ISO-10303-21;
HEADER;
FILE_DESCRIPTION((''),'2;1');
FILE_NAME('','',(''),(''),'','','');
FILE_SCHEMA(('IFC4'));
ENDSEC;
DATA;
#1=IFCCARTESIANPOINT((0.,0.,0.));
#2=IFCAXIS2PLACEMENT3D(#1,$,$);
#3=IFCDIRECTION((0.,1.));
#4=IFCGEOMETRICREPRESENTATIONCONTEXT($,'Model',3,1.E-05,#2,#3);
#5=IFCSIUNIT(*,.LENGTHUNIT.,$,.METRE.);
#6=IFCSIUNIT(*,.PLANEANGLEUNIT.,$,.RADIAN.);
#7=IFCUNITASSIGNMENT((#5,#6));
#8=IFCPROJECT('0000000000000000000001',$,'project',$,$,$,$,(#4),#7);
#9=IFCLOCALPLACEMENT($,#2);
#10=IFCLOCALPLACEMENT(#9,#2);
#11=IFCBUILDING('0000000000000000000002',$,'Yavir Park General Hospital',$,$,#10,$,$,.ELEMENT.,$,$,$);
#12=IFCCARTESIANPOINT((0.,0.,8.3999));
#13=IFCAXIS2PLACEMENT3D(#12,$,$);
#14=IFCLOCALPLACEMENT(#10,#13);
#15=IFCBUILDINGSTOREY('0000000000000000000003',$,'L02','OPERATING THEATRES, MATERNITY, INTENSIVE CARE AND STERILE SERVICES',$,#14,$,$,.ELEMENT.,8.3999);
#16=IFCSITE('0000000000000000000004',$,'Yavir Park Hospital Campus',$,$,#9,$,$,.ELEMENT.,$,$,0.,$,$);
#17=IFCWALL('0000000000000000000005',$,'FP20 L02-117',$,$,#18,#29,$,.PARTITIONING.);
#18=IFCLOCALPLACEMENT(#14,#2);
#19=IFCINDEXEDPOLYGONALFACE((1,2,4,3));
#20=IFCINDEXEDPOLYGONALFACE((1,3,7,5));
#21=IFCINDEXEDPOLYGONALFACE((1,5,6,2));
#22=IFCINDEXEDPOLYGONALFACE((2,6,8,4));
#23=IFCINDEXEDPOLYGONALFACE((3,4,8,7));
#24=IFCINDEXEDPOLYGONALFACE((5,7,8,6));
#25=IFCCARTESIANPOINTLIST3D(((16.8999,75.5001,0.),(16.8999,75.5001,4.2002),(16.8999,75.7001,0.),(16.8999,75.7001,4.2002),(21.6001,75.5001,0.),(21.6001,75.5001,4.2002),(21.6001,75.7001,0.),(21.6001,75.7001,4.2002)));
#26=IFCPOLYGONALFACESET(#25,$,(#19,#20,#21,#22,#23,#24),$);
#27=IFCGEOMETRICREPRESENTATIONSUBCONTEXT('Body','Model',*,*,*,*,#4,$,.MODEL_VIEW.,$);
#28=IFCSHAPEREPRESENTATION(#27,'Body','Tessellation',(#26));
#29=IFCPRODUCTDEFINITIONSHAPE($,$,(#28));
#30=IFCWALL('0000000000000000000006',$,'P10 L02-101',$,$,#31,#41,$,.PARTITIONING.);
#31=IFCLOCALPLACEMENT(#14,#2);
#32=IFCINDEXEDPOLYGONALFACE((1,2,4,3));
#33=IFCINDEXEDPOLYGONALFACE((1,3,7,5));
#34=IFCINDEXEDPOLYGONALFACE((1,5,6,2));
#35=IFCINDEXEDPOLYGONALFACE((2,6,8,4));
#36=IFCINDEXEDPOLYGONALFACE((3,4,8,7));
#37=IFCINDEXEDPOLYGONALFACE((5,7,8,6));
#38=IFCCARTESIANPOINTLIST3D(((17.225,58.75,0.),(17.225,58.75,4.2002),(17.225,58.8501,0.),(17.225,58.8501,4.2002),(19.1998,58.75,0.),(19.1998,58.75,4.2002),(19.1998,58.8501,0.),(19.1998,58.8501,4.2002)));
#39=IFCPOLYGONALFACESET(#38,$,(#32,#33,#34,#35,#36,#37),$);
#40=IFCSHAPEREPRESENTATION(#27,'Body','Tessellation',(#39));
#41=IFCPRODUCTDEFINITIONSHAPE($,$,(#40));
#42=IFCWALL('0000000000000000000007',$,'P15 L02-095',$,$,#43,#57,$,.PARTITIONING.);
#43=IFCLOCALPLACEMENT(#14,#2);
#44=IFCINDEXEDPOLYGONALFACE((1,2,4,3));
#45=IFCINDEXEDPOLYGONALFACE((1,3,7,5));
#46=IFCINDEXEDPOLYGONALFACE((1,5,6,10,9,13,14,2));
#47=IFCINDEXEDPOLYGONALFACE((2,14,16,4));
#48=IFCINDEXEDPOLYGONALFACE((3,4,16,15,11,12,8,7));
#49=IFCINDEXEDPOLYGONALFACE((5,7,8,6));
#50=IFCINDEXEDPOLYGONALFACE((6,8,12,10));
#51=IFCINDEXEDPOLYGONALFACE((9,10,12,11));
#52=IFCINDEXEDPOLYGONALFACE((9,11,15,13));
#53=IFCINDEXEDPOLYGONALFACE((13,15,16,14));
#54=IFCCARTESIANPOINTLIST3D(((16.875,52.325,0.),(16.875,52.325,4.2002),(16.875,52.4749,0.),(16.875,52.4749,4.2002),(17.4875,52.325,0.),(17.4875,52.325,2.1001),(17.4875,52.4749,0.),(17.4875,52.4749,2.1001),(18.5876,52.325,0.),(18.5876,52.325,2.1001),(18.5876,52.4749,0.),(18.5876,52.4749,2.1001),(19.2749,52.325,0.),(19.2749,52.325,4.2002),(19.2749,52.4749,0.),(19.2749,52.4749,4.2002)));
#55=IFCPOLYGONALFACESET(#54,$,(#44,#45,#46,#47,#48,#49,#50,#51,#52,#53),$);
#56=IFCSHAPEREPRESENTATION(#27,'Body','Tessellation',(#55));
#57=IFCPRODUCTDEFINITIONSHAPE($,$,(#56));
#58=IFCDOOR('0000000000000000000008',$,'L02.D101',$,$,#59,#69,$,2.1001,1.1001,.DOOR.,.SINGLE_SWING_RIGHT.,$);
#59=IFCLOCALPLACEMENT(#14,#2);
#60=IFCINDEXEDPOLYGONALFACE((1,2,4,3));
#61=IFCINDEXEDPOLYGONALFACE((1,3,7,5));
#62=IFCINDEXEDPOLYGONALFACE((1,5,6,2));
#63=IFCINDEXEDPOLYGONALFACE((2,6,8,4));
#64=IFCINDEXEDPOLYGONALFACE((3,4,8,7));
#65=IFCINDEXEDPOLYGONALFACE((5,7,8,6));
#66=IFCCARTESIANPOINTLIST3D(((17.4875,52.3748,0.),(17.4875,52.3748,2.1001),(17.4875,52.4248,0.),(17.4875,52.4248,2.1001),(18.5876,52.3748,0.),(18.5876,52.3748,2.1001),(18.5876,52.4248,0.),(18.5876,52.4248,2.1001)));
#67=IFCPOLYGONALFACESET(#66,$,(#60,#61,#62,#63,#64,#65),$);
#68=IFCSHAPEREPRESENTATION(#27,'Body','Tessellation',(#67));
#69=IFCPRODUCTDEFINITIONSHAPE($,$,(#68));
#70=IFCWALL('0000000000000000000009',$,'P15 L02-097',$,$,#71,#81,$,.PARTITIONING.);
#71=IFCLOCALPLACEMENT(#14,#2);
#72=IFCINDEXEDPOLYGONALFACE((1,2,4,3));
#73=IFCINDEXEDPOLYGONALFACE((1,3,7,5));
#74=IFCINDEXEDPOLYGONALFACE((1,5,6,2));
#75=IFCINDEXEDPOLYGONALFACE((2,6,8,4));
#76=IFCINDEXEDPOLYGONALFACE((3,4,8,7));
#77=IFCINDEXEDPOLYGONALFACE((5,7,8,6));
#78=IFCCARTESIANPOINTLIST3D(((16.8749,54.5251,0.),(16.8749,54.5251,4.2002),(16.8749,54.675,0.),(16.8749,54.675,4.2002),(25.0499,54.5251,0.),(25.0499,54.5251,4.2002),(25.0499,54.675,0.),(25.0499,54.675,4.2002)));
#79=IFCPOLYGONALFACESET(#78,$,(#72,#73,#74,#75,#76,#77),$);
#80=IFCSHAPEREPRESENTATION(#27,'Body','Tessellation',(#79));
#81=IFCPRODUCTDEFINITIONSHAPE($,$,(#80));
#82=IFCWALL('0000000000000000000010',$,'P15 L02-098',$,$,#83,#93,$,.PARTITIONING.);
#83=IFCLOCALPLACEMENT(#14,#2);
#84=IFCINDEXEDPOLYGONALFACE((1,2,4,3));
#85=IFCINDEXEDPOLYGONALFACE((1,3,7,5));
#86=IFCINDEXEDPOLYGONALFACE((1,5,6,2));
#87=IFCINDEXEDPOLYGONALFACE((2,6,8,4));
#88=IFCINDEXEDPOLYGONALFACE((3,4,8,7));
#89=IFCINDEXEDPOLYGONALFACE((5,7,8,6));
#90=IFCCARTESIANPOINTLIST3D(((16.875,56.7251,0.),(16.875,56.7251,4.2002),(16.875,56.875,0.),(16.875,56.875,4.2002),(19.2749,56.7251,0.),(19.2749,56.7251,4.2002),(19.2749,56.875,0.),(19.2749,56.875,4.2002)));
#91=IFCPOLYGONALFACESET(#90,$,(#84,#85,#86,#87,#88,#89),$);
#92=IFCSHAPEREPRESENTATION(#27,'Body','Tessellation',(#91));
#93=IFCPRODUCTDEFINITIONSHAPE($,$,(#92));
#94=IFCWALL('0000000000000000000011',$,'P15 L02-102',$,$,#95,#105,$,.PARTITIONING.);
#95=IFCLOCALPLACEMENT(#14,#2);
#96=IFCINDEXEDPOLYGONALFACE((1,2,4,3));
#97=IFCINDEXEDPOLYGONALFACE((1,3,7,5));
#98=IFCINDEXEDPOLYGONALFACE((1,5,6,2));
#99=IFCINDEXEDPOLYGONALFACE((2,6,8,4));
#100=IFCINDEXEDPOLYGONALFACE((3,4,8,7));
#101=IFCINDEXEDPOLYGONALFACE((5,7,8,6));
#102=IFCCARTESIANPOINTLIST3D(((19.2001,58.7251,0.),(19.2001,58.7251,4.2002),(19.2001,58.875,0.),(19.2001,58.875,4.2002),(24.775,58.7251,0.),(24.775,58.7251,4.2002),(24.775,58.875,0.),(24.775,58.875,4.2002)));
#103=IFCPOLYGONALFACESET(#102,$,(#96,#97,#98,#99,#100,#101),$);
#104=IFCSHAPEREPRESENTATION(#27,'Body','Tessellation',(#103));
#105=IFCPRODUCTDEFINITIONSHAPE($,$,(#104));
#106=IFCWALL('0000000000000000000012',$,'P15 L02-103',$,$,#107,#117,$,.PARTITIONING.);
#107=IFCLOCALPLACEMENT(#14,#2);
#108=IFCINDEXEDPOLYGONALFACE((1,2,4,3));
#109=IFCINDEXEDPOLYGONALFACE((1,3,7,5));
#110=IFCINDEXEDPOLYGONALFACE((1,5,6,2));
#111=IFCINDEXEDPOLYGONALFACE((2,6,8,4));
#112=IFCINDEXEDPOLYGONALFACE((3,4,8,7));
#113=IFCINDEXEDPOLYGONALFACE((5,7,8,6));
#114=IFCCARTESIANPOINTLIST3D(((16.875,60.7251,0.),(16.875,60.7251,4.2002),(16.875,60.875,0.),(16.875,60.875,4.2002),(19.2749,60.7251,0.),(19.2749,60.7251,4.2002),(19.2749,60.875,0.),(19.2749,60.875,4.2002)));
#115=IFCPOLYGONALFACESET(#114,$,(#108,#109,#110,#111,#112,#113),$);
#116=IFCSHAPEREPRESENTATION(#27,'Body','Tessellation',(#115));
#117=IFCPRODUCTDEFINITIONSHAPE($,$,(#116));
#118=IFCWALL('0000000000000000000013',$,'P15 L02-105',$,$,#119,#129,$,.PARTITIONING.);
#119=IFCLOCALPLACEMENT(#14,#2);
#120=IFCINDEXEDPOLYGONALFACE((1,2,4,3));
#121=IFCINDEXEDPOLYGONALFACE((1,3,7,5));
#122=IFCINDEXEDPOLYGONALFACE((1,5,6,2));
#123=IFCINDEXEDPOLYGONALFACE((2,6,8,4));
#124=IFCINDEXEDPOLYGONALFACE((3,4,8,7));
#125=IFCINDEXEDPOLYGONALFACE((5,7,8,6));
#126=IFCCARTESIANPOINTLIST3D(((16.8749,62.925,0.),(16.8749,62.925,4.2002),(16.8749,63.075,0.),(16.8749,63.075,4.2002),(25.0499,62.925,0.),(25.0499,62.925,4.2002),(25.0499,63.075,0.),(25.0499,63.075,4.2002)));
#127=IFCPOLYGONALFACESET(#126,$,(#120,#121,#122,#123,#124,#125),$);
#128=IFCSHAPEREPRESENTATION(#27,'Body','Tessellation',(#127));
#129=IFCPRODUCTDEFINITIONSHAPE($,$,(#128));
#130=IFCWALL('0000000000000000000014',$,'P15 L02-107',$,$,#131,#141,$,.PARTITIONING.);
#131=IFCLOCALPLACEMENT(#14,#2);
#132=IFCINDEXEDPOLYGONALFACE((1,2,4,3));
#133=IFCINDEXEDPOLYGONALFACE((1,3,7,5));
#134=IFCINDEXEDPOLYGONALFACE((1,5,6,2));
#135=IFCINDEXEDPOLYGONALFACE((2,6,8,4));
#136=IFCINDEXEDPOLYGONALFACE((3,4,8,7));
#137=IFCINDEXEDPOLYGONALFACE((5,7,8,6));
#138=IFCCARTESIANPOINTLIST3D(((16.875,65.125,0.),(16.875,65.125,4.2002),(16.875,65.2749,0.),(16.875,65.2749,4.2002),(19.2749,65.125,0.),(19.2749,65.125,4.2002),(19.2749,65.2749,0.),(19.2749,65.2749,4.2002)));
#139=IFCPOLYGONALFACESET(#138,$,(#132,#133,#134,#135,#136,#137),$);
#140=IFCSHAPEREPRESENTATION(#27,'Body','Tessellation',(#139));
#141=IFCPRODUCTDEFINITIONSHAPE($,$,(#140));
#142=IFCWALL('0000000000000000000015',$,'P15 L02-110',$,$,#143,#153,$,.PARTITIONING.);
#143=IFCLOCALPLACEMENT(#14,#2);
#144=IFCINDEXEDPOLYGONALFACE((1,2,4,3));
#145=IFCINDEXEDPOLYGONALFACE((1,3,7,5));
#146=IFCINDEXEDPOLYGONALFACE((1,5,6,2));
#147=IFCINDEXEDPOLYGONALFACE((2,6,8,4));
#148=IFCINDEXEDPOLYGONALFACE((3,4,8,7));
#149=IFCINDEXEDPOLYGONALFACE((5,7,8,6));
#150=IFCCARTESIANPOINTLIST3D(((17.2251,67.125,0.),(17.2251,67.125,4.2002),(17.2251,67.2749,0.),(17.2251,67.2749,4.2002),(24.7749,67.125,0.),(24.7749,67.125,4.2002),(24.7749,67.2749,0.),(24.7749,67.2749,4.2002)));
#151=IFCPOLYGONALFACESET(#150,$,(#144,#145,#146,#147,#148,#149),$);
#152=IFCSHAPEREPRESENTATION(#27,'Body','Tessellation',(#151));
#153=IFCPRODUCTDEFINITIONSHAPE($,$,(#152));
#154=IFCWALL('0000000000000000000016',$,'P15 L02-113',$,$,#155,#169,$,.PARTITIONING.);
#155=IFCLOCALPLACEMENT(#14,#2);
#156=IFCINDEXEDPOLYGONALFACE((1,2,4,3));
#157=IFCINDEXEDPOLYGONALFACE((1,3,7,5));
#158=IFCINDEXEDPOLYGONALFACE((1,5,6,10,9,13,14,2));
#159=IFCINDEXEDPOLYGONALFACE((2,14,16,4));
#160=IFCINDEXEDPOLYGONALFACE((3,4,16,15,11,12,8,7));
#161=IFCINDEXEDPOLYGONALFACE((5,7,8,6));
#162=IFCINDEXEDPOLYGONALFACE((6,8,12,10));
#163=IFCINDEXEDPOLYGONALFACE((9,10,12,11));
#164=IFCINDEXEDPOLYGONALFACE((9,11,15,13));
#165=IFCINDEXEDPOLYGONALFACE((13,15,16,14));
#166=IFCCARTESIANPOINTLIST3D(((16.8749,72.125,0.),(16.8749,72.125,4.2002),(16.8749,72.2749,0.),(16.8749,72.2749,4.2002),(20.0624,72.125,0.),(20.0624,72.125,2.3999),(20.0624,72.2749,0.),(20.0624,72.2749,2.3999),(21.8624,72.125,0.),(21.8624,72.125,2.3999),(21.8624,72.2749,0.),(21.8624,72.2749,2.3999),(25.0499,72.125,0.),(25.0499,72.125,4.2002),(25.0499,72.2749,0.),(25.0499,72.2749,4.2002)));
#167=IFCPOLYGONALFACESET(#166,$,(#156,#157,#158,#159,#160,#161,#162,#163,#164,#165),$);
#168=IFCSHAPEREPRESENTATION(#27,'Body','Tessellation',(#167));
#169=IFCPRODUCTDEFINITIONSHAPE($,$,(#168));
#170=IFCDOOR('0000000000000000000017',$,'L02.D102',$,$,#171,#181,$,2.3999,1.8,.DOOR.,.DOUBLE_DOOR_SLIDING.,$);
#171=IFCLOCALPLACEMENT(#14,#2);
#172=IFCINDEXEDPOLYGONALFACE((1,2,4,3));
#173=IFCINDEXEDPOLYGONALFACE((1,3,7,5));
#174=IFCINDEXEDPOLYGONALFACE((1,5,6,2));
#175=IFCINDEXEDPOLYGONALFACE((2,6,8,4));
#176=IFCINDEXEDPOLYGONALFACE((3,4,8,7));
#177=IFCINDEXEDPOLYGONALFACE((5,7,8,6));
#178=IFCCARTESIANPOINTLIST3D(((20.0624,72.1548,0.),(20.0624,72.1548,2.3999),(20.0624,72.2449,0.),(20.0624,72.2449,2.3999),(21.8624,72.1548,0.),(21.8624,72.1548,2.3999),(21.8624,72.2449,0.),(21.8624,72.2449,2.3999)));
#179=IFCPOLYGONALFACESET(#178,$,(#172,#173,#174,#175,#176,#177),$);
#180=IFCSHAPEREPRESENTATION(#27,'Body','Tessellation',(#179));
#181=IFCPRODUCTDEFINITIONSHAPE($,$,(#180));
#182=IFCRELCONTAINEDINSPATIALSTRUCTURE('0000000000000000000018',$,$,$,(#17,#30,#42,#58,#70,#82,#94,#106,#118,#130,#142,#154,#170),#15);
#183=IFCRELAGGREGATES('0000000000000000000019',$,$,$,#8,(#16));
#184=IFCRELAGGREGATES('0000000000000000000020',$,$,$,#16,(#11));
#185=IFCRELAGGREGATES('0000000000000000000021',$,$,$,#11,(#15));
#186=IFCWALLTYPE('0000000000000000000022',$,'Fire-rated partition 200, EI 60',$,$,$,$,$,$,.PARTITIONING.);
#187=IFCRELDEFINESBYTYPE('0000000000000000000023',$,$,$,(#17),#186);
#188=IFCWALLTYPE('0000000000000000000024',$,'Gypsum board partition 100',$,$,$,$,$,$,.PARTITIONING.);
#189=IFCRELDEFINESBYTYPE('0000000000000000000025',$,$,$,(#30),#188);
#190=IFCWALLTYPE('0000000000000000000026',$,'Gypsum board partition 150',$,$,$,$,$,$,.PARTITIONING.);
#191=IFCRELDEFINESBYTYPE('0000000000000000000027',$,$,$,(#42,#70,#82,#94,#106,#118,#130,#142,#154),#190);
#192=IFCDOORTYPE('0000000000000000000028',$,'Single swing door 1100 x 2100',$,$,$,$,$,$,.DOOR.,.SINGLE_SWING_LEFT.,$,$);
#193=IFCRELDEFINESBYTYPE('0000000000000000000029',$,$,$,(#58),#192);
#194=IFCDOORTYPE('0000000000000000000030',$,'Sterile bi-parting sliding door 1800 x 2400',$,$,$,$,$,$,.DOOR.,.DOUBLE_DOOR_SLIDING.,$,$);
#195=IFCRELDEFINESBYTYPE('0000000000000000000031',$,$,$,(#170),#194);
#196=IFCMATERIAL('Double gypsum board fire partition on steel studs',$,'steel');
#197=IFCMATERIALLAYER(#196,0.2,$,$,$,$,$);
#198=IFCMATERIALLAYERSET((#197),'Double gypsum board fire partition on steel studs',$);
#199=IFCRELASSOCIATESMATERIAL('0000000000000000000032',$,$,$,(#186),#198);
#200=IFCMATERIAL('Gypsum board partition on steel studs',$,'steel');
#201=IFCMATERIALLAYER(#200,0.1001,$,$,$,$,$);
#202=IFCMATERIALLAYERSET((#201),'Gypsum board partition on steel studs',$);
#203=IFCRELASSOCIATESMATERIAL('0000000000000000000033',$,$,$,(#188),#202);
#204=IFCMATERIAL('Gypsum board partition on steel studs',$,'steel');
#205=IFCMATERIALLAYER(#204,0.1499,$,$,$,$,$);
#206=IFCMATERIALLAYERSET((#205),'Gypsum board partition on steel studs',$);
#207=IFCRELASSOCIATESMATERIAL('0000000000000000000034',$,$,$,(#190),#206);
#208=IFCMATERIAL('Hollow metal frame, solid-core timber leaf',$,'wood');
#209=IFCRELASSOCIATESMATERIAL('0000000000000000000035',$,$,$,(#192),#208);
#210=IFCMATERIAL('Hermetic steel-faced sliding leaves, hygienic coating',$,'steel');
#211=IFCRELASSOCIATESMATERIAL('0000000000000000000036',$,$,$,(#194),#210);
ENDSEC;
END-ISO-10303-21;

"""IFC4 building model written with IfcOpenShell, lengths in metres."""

from ifc_helpers import new_model, si_unit, direction, frame, frame_2d, origin, place, context, subcontext, project, spatial, rectangle, extrude, material, layer, layer_set, type_object, element, fill, save


model = new_model("IFC4")

# Units and contexts
model_context = context("Model", 3, precision=1e-05, world=origin(), true_north=direction((0.0, 1.0)))
body_context = subcontext(model_context, "Body", "Model", "MODEL_VIEW")
ifc_project = project(units=[si_unit("LENGTHUNIT", "METRE"), si_unit("PLANEANGLEUNIT", "RADIAN")], contexts=[model_context])

# Site, building, storey
site_placement = place(None, origin())
site = spatial("IfcSite", under=ifc_project, at=site_placement, Name="Yavir Park Hospital Campus", CompositionType="ELEMENT", RefElevation=0.0)
building_placement = place(site_placement, origin())
building = spatial("IfcBuilding", under=site, at=building_placement, Name="Yavir Park General Hospital", CompositionType="ELEMENT")
storey_placement = place(building_placement, frame((0.0, 0.0, 8.3999)))
storey = spatial("IfcBuildingStorey", under=building, at=storey_placement, Name="L02", Description="OPERATING THEATRES, MATERNITY, INTENSIVE CARE AND STERILE SERVICES", CompositionType="ELEMENT", Elevation=8.3999)

# Walls
ifc_material_1 = material(Name="Double gypsum board fire partition on steel studs", Category="steel")
ifc_layer_1 = layer(ifc_material_1, 0.2)
ifc_layer_set_1 = layer_set([ifc_layer_1], Name="Double gypsum board fire partition on steel studs")
wall_type_1 = type_object("IfcWallType", Name="Fire-rated partition 200, EI 60", PredefinedType="PARTITIONING", material=ifc_layer_set_1)
wall_1_placement = place(storey_placement, frame((16.8999, 75.6001, 0.0), z_axis=(0.0, 0.0, 1.0), x_axis=(1.0, 0.0, 0.0)))
element("IfcWall", 1, at=wall_1_placement, inside=storey, type_object=wall_type_1, Name="FP20 L02-117", PredefinedType="PARTITIONING", context=body_context, shape_type="SweptSolid", body=[
    extrude(rectangle(XDim=4.7002, YDim=0.2, at=frame_2d((2.3501, 0.0))), origin(), (0.0, 0.0, 1.0), 4.2002),
])
ifc_material_2 = material(Name="Gypsum board partition on steel studs", Category="steel")
ifc_layer_2 = layer(ifc_material_2, 0.1001)
ifc_layer_set_2 = layer_set([ifc_layer_2], Name="Gypsum board partition on steel studs")
wall_type_2 = type_object("IfcWallType", Name="Gypsum board partition 100", PredefinedType="PARTITIONING", material=ifc_layer_set_2)
wall_2_placement = place(storey_placement, frame((17.2251, 58.8, 0.0), z_axis=(0.0, 0.0, 1.0), x_axis=(1.0, 0.0, 0.0)))
element("IfcWall", 2, at=wall_2_placement, inside=storey, type_object=wall_type_2, Name="P10 L02-101", PredefinedType="PARTITIONING", context=body_context, shape_type="SweptSolid", body=[
    extrude(rectangle(XDim=1.9749, YDim=0.1001, at=frame_2d((0.9873, 0.0))), origin(), (0.0, 0.0, 1.0), 4.2002),
])

# Wall, opening, door
ifc_material_3 = material(Name="Gypsum board partition on steel studs", Category="steel")
ifc_layer_3 = layer(ifc_material_3, 0.1499)
ifc_layer_set_3 = layer_set([ifc_layer_3], Name="Gypsum board partition on steel studs")
wall_type_3 = type_object("IfcWallType", Name="Gypsum board partition 150", PredefinedType="PARTITIONING", material=ifc_layer_set_3)
wall_3_placement = place(storey_placement, frame((16.875, 52.3999, 0.0), z_axis=(0.0, 0.0, 1.0), x_axis=(1.0, 0.0, 0.0)))
wall_3 = element("IfcWall", 3, at=wall_3_placement, inside=storey, type_object=wall_type_3, Name="P15 L02-095", PredefinedType="PARTITIONING", context=body_context, shape_type="SweptSolid", body=[
    extrude(rectangle(XDim=2.3999, YDim=0.1499, at=frame_2d((1.2, 0.0))), origin(), (0.0, 0.0, 1.0), 4.2002),
])
opening_1_placement = place(wall_3_placement, frame((0.6125, 0.0, 0.0)))
opening_1 = element("IfcOpeningElement", 4, at=opening_1_placement, cuts=wall_3, PredefinedType="OPENING", context=body_context, shape_type="SweptSolid", body=[
    extrude(rectangle(XDim=1.1001, YDim=2.1001, at=frame_2d((0.55, 1.05))), frame((0.0, 0.085, 0.0), z_axis=(0.0, -1.0, 0.0), x_axis=(1.0, 0.0, 0.0)), (0.0, 0.0, 1.0), 0.1699),
])
ifc_material_4 = material(Name="Hollow metal frame, solid-core timber leaf", Category="wood")
door_type_1 = type_object("IfcDoorType", Name="Single swing door 1100 x 2100", OperationType="SINGLE_SWING_LEFT", PredefinedType="DOOR", material=ifc_material_4)
door_1_placement = place(opening_1_placement, origin())
door_1 = element("IfcDoor", 5, at=door_1_placement, inside=storey, type_object=door_type_1, Name="L02.D101", OperationType="SINGLE_SWING_RIGHT", OverallHeight=2.1001, OverallWidth=1.1001, PredefinedType="DOOR", context=body_context, shape_type="SweptSolid", body=[
    extrude(rectangle(XDim=1.1001, YDim=2.1001, at=frame_2d((0.55, 1.05))), frame((0.0, 0.0249, 0.0), z_axis=(0.0, -1.0, 0.0), x_axis=(1.0, 0.0, 0.0)), (0.0, 0.0, 1.0), 0.05),
])
fill(opening_1, door_1)

# Walls
wall_4_placement = place(storey_placement, frame((16.875, 54.6001, 0.0), z_axis=(0.0, 0.0, 1.0), x_axis=(1.0, 0.0, 0.0)))
element("IfcWall", 6, at=wall_4_placement, inside=storey, type_object=wall_type_3, Name="P15 L02-097", PredefinedType="PARTITIONING", context=body_context, shape_type="SweptSolid", body=[
    extrude(rectangle(XDim=8.175, YDim=0.1499, at=frame_2d((4.0874, 0.0))), origin(), (0.0, 0.0, 1.0), 4.2002),
])
wall_5_placement = place(storey_placement, frame((16.875, 56.8, 0.0), z_axis=(0.0, 0.0, 1.0), x_axis=(1.0, 0.0, 0.0)))
element("IfcWall", 7, at=wall_5_placement, inside=storey, type_object=wall_type_3, Name="P15 L02-098", PredefinedType="PARTITIONING", context=body_context, shape_type="SweptSolid", body=[
    extrude(rectangle(XDim=2.3999, YDim=0.1499, at=frame_2d((1.2, 0.0))), origin(), (0.0, 0.0, 1.0), 4.2002),
])
wall_6_placement = place(storey_placement, frame((19.2, 58.8, 0.0), z_axis=(0.0, 0.0, 1.0), x_axis=(1.0, 0.0, 0.0)))
element("IfcWall", 8, at=wall_6_placement, inside=storey, type_object=wall_type_3, Name="P15 L02-102", PredefinedType="PARTITIONING", context=body_context, shape_type="SweptSolid", body=[
    extrude(rectangle(XDim=5.575, YDim=0.1499, at=frame_2d((2.7876, 0.0))), origin(), (0.0, 0.0, 1.0), 4.2002),
])
wall_7_placement = place(storey_placement, frame((16.875, 60.8, 0.0), z_axis=(0.0, 0.0, 1.0), x_axis=(1.0, 0.0, 0.0)))
element("IfcWall", 9, at=wall_7_placement, inside=storey, type_object=wall_type_3, Name="P15 L02-103", PredefinedType="PARTITIONING", context=body_context, shape_type="SweptSolid", body=[
    extrude(rectangle(XDim=2.3999, YDim=0.1499, at=frame_2d((1.2, 0.0))), origin(), (0.0, 0.0, 1.0), 4.2002),
])
wall_8_placement = place(storey_placement, frame((16.875, 63.0, 0.0), z_axis=(0.0, 0.0, 1.0), x_axis=(1.0, 0.0, 0.0)))
element("IfcWall", 10, at=wall_8_placement, inside=storey, type_object=wall_type_3, Name="P15 L02-105", PredefinedType="PARTITIONING", context=body_context, shape_type="SweptSolid", body=[
    extrude(rectangle(XDim=8.175, YDim=0.1499, at=frame_2d((4.0874, 0.0))), origin(), (0.0, 0.0, 1.0), 4.2002),
])
wall_9_placement = place(storey_placement, frame((16.875, 65.2, 0.0), z_axis=(0.0, 0.0, 1.0), x_axis=(1.0, 0.0, 0.0)))
element("IfcWall", 11, at=wall_9_placement, inside=storey, type_object=wall_type_3, Name="P15 L02-107", PredefinedType="PARTITIONING", context=body_context, shape_type="SweptSolid", body=[
    extrude(rectangle(XDim=2.3999, YDim=0.1499, at=frame_2d((1.2, 0.0))), origin(), (0.0, 0.0, 1.0), 4.2002),
])
wall_10_placement = place(storey_placement, frame((17.2251, 67.2, 0.0), z_axis=(0.0, 0.0, 1.0), x_axis=(1.0, 0.0, 0.0)))
element("IfcWall", 12, at=wall_10_placement, inside=storey, type_object=wall_type_3, Name="P15 L02-110", PredefinedType="PARTITIONING", context=body_context, shape_type="SweptSolid", body=[
    extrude(rectangle(XDim=7.5498, YDim=0.1499, at=frame_2d((3.7749, 0.0))), origin(), (0.0, 0.0, 1.0), 4.2002),
])

# Wall, opening, door
wall_11_placement = place(storey_placement, frame((16.875, 72.2, 0.0), z_axis=(0.0, 0.0, 1.0), x_axis=(1.0, 0.0, 0.0)))
wall_11 = element("IfcWall", 13, at=wall_11_placement, inside=storey, type_object=wall_type_3, Name="P15 L02-113", PredefinedType="PARTITIONING", context=body_context, shape_type="SweptSolid", body=[
    extrude(rectangle(XDim=8.175, YDim=0.1499, at=frame_2d((4.0874, 0.0))), origin(), (0.0, 0.0, 1.0), 4.2002),
])
opening_2_placement = place(wall_11_placement, frame((3.1875, 0.0, 0.0)))
opening_2 = element("IfcOpeningElement", 14, at=opening_2_placement, cuts=wall_11, PredefinedType="OPENING", context=body_context, shape_type="SweptSolid", body=[
    extrude(rectangle(XDim=1.8, YDim=2.3999, at=frame_2d((0.8999, 1.2))), frame((0.0, 0.085, 0.0), z_axis=(0.0, -1.0, 0.0), x_axis=(1.0, 0.0, 0.0)), (0.0, 0.0, 1.0), 0.1699),
])
ifc_material_5 = material(Name="Hermetic steel-faced sliding leaves, hygienic coating", Category="steel")
door_type_2 = type_object("IfcDoorType", Name="Sterile bi-parting sliding door 1800 x 2400", OperationType="DOUBLE_DOOR_SLIDING", PredefinedType="DOOR", material=ifc_material_5)
door_2_placement = place(opening_2_placement, origin())
door_2 = element("IfcDoor", 15, at=door_2_placement, inside=storey, type_object=door_type_2, Name="L02.D102", OperationType="DOUBLE_DOOR_SLIDING", OverallHeight=2.3999, OverallWidth=1.8, PredefinedType="DOOR", context=body_context, shape_type="SweptSolid", body=[
    extrude(rectangle(XDim=1.8, YDim=2.3999, at=frame_2d((0.8999, 1.2))), frame((0.0, 0.0449, 0.0), z_axis=(0.0, -1.0, 0.0), x_axis=(1.0, 0.0, 0.0)), (0.0, 0.0, 1.0), 0.0901),
])
fill(opening_2, door_2)

save(model, "model.ifc")
